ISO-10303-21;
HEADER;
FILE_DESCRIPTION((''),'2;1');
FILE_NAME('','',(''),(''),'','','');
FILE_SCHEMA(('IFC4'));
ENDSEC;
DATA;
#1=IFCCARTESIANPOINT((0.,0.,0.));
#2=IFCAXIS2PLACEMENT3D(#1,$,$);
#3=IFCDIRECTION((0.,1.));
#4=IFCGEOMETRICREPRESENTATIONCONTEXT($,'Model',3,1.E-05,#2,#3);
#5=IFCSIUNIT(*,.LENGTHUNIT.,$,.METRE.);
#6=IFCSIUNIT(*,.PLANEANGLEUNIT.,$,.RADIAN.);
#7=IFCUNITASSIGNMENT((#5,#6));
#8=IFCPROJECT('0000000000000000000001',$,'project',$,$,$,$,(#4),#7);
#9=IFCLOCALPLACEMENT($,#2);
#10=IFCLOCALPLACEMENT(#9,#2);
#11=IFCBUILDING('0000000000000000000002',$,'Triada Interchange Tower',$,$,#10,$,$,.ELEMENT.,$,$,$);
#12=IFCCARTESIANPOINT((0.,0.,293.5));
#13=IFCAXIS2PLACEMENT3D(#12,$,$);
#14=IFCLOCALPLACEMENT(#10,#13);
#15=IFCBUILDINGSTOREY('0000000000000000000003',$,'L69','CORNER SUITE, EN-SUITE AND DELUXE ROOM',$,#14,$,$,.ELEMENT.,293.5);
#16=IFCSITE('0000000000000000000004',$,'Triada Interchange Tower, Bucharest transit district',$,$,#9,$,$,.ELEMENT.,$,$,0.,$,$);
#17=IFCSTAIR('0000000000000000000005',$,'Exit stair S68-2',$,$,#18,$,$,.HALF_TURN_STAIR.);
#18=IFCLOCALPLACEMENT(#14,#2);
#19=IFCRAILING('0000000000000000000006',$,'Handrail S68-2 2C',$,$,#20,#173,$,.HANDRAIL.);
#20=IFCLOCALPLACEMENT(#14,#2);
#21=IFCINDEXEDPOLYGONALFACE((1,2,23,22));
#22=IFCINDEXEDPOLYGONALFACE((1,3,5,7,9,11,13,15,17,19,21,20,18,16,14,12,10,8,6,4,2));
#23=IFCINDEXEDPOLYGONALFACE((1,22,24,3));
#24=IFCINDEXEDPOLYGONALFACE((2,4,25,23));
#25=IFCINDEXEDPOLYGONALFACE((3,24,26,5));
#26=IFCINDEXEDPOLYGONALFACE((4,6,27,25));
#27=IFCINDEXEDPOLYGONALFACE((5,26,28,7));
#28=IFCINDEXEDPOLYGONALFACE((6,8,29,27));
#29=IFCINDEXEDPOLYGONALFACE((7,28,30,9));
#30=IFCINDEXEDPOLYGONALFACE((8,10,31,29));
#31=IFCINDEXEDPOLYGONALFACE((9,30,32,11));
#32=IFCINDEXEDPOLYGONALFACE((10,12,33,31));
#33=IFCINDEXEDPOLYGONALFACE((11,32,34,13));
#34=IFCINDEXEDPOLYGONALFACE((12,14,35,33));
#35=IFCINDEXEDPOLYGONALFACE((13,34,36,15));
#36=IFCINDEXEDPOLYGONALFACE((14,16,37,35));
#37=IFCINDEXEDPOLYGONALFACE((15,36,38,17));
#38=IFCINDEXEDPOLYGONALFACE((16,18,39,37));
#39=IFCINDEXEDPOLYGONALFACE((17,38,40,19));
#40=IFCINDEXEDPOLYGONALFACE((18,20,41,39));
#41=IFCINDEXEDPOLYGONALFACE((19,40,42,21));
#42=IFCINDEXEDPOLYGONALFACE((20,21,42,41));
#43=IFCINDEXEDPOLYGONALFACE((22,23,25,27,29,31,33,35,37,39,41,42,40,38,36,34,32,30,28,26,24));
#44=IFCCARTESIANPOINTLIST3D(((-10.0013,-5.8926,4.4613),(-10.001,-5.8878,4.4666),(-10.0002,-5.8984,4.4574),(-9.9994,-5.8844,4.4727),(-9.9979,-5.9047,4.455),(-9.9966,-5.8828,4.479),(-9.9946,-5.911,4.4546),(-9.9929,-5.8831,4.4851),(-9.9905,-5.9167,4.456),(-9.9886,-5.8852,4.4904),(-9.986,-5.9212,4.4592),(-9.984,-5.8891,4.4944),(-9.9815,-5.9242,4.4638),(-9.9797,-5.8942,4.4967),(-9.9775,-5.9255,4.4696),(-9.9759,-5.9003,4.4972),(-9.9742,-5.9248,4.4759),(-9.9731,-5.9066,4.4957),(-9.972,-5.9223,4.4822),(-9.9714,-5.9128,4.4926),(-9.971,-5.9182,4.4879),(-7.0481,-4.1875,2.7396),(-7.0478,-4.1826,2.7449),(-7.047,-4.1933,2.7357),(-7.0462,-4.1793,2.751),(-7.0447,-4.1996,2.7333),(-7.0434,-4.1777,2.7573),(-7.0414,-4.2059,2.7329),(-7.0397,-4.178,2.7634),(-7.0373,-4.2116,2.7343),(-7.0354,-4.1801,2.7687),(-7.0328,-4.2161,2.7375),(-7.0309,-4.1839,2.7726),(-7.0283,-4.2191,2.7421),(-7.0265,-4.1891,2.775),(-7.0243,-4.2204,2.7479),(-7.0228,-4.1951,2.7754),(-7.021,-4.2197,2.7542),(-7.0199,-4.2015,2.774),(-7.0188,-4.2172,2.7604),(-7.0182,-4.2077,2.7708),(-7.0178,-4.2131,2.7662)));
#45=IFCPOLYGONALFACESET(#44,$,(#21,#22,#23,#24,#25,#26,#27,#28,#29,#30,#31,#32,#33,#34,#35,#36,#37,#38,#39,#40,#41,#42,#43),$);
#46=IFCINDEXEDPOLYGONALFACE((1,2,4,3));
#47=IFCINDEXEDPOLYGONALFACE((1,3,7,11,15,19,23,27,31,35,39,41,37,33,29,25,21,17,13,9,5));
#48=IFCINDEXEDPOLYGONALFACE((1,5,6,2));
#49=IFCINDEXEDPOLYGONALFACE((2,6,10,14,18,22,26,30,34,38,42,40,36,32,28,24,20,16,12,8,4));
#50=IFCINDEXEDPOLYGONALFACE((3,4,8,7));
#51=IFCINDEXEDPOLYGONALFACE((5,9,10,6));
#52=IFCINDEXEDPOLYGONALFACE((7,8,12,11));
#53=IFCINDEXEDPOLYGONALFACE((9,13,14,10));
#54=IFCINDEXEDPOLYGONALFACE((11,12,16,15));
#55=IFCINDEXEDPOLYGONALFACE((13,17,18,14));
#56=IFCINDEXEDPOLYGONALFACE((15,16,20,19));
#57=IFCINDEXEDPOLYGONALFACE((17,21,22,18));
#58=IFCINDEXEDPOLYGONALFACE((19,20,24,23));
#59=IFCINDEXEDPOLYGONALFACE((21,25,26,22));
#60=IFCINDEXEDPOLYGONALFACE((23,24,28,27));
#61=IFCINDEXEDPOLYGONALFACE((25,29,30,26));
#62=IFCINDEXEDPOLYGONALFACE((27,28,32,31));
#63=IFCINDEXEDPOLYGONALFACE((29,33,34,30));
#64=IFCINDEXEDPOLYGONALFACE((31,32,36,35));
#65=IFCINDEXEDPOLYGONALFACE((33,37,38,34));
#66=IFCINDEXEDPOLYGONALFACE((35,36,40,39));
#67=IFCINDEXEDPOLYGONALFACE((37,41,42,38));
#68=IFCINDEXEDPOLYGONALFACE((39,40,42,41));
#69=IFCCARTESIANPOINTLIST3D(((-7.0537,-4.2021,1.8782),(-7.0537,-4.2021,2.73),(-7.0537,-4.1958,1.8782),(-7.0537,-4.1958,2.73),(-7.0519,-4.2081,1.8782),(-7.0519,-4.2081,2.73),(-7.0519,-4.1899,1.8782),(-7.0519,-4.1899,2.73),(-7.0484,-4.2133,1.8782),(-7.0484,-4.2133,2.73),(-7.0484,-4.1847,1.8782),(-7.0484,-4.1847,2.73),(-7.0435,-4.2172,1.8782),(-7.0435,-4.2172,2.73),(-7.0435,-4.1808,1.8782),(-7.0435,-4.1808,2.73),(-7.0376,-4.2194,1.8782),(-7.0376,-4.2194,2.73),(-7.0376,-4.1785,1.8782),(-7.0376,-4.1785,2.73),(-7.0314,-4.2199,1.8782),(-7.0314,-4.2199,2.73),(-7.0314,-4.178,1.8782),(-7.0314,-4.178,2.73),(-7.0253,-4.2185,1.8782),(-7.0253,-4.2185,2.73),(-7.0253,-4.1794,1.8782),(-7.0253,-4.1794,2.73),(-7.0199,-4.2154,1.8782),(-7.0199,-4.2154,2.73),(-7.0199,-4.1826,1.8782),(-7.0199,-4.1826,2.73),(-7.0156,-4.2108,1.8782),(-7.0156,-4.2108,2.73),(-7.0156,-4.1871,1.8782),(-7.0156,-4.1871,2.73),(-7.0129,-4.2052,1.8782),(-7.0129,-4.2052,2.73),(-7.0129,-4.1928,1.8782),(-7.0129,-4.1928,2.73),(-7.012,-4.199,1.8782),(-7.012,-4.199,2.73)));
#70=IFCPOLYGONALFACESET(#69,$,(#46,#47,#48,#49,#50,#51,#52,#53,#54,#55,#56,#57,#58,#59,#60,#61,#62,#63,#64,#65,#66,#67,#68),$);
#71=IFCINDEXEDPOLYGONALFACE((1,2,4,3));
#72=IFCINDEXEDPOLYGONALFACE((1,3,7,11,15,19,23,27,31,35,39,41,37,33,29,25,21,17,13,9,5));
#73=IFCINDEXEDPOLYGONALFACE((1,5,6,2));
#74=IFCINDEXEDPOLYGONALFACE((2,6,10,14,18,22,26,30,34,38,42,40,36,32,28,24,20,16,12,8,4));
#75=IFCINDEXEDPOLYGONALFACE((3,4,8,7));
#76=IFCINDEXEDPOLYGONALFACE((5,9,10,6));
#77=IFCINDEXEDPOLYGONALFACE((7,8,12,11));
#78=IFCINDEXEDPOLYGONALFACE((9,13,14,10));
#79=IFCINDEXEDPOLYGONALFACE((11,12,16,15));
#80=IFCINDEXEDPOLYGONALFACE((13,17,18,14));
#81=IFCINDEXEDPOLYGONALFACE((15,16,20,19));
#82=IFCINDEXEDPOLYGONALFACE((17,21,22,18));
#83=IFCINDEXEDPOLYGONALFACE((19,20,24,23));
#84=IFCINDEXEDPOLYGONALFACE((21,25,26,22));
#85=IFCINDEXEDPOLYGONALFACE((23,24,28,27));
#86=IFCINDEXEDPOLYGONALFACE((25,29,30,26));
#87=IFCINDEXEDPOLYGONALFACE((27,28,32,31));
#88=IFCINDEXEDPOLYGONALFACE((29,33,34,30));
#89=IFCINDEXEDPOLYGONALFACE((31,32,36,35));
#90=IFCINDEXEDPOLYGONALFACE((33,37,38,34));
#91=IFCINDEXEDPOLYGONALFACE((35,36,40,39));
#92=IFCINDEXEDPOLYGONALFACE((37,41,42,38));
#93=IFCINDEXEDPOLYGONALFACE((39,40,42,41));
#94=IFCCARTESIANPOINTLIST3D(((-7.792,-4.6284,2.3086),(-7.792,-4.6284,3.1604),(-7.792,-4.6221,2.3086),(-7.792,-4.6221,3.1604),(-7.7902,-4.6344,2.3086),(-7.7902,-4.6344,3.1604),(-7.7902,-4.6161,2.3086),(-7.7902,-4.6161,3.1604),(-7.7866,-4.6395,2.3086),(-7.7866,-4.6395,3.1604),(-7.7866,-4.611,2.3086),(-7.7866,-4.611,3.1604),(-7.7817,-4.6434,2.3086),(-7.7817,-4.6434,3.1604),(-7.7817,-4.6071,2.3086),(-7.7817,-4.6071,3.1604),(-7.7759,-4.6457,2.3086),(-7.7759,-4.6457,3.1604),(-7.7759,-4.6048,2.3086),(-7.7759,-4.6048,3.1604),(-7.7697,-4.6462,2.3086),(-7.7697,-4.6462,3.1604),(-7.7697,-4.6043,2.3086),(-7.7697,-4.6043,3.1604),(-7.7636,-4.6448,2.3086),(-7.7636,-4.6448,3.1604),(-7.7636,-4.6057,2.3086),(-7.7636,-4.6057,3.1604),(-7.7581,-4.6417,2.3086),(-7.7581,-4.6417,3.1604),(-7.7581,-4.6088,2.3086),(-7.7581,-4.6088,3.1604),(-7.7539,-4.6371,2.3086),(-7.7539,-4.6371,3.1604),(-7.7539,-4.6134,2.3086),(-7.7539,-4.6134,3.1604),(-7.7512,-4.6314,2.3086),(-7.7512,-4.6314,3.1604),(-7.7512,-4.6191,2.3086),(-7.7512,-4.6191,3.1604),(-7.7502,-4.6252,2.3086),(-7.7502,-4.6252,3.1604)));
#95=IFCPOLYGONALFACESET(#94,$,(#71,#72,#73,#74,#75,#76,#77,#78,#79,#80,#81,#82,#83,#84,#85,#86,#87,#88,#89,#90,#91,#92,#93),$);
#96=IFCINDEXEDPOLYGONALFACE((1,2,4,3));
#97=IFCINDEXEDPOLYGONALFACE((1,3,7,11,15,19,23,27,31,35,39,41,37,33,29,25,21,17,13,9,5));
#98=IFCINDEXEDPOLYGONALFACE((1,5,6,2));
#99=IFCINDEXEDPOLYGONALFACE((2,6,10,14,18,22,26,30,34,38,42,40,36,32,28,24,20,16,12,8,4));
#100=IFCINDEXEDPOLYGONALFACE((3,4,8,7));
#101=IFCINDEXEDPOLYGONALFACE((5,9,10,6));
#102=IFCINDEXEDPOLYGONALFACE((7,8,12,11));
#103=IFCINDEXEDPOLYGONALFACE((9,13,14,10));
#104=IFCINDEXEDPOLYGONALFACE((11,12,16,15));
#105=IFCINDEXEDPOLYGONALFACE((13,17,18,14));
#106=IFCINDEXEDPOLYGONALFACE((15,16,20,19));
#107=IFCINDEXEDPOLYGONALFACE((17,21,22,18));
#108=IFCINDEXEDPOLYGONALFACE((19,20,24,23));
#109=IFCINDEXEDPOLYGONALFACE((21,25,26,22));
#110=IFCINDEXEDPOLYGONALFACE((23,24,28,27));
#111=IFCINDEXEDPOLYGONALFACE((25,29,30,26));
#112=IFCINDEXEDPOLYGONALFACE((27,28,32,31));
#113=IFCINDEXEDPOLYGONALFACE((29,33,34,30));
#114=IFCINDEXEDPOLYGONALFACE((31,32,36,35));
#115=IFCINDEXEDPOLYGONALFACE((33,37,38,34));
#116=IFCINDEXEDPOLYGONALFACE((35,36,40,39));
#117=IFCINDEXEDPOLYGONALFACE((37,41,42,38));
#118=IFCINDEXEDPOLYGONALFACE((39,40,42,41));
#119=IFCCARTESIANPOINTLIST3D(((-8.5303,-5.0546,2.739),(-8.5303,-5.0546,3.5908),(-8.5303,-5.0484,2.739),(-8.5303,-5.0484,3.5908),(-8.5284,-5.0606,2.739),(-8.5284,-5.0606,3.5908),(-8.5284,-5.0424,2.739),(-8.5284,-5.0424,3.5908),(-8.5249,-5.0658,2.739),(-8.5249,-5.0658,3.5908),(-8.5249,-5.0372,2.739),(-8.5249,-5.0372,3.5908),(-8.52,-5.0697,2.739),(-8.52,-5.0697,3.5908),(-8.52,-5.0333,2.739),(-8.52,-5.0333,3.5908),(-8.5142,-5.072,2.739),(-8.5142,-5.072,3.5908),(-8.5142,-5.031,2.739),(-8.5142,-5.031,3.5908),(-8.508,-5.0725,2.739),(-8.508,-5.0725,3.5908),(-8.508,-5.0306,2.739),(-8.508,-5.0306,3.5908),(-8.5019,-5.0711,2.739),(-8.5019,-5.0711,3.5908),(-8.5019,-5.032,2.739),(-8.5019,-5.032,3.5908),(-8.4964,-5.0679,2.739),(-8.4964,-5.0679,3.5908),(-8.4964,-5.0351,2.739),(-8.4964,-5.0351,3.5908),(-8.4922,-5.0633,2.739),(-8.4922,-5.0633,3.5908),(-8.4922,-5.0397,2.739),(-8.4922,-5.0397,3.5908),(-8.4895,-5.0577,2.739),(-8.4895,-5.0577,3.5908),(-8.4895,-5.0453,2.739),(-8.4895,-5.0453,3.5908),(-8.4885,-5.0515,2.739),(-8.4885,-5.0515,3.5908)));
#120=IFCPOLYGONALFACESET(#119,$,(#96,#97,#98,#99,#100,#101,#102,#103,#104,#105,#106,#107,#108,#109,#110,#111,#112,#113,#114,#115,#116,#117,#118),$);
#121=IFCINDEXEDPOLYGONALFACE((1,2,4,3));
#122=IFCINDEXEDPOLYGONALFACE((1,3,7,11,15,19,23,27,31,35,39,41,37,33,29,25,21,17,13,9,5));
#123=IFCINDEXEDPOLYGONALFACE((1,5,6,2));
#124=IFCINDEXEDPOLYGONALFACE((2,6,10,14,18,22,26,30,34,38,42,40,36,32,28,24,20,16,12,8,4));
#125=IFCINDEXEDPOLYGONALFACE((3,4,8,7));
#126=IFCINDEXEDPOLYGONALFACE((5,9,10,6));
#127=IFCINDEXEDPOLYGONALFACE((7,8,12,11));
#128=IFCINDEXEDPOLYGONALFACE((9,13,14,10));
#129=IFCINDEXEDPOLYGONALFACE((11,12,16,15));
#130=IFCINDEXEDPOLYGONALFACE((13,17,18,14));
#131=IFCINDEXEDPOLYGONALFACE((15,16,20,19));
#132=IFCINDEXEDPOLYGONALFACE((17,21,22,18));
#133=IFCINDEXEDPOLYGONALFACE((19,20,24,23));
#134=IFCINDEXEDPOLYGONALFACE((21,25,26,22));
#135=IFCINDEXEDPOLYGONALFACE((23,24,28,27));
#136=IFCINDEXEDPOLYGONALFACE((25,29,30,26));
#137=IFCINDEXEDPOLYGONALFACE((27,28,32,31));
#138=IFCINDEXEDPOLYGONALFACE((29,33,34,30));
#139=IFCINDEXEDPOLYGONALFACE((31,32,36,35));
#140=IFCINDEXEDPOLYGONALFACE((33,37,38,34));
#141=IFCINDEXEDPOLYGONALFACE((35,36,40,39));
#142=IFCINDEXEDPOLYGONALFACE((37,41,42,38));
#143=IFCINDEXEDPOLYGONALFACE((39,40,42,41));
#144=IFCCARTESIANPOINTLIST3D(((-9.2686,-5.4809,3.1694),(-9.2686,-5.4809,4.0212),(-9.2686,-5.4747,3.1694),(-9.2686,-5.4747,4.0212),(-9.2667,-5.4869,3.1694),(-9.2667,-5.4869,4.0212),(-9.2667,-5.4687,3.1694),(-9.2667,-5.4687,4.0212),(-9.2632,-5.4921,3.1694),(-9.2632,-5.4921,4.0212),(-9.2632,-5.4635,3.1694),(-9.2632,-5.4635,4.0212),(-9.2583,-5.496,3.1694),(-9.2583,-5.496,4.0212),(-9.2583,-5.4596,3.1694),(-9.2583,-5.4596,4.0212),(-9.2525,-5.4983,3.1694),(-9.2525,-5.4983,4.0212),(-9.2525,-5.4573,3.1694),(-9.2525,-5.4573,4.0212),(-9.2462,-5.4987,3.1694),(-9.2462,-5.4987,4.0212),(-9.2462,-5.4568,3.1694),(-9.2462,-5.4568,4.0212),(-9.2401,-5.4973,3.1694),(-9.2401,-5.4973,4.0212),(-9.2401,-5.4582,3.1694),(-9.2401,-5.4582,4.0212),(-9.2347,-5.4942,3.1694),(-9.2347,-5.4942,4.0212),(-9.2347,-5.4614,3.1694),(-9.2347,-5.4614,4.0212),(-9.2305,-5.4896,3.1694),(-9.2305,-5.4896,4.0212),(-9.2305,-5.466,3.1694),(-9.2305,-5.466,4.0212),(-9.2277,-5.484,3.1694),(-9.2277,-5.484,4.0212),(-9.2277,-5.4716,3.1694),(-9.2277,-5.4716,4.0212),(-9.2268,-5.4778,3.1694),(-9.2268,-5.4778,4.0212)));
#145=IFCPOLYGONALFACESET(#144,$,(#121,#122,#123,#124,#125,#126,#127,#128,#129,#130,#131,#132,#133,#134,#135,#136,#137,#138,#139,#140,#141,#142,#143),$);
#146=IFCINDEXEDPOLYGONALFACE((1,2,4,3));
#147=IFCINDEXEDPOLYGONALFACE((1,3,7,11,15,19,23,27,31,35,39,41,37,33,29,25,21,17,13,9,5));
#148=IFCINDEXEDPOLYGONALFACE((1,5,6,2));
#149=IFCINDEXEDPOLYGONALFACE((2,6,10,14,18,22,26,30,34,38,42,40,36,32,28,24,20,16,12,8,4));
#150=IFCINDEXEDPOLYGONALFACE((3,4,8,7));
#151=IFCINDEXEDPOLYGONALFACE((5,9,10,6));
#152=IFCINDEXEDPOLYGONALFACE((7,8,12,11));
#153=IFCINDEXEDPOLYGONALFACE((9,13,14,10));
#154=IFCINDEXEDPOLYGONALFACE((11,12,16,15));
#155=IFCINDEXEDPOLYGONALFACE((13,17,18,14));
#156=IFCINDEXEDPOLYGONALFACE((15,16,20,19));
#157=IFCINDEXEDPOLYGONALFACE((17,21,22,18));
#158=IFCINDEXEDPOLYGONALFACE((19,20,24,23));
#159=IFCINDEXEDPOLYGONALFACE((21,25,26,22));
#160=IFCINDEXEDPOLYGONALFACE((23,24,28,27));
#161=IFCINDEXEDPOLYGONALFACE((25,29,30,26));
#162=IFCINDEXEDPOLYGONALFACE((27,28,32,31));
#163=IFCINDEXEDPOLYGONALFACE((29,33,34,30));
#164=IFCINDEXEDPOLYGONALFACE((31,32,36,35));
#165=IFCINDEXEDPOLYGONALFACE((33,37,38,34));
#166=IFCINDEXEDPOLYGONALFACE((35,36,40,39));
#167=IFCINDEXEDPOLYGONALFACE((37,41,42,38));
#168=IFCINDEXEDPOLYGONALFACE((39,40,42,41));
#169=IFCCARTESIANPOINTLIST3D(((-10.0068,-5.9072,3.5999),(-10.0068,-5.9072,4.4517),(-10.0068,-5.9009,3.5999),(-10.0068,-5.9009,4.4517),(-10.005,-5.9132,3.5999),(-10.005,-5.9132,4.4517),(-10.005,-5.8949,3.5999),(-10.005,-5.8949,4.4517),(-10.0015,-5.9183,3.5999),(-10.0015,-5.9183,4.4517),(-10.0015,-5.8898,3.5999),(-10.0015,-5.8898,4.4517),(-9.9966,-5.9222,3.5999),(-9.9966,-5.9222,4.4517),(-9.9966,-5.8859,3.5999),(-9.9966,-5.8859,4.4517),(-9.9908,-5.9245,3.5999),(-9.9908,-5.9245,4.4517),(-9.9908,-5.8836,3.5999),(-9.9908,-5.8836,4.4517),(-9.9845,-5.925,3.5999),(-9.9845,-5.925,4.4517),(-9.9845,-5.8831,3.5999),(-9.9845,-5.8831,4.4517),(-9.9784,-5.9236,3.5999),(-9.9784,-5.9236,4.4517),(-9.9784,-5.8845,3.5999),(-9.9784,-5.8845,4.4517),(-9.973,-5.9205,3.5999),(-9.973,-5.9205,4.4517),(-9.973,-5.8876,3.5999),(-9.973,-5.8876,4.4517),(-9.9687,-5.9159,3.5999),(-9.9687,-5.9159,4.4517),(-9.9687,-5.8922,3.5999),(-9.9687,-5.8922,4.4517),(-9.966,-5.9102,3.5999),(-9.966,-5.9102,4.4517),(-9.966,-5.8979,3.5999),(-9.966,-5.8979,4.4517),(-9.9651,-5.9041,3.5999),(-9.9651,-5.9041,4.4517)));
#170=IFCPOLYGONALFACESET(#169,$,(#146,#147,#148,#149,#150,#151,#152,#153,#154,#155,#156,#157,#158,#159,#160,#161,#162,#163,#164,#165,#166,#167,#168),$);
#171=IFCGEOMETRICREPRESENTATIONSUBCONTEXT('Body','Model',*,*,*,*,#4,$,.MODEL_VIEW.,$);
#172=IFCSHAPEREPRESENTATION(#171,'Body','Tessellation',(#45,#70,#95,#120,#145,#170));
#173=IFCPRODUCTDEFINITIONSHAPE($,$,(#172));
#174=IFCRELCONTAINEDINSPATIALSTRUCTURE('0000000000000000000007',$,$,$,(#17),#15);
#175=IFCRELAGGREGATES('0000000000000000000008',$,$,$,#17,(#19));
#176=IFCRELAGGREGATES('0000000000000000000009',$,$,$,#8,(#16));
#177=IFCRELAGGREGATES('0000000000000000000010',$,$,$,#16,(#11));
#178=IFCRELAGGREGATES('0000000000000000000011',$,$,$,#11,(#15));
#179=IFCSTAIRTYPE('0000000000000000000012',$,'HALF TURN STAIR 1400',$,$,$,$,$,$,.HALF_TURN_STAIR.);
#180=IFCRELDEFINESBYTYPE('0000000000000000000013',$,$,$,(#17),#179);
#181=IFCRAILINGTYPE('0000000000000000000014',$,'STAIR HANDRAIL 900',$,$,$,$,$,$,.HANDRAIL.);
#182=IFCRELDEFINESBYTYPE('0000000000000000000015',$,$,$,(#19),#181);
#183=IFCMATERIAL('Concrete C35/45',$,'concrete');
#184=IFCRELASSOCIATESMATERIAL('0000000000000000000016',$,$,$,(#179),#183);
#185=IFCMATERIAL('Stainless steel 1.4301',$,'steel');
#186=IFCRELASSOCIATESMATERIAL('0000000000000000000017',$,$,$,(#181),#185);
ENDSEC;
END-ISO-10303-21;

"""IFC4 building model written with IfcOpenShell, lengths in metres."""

from ifc_helpers import new_model, si_unit, direction, frame, origin, origin_2d, place, context, subcontext, project, spatial, circle, extrude, material, type_object, element, aggregate, save


model = new_model("IFC4")

# Units and contexts
model_context = context("Model", 3, precision=1e-05, world=origin(), true_north=direction((0.0, 1.0)))
body_context = subcontext(model_context, "Body", "Model", "MODEL_VIEW")
ifc_project = project(units=[si_unit("LENGTHUNIT", "METRE"), si_unit("PLANEANGLEUNIT", "RADIAN")], contexts=[model_context])

# Site, building, storey
site_placement = place(None, origin())
site = spatial("IfcSite", under=ifc_project, at=site_placement, Name="Triada Interchange Tower, Bucharest transit district", CompositionType="ELEMENT", RefElevation=0.0)
building_placement = place(site_placement, origin())
building = spatial("IfcBuilding", under=site, at=building_placement, Name="Triada Interchange Tower", CompositionType="ELEMENT")
storey_placement = place(building_placement, frame((0.0, 0.0, 293.5)))
storey = spatial("IfcBuildingStorey", under=building, at=storey_placement, Name="L69", Description="CORNER SUITE, EN-SUITE AND DELUXE ROOM", CompositionType="ELEMENT", Elevation=293.5)

# Stair, railing
ifc_material_1 = material(Name="Concrete C35/45", Category="concrete")
stair_type = type_object("IfcStairType", Name="HALF TURN STAIR 1400", PredefinedType="HALF_TURN_STAIR", material=ifc_material_1)
stair_placement = place(storey_placement, origin())
stair = element("IfcStair", 1, at=stair_placement, inside=storey, type_object=stair_type, Name="Exit stair S68-2", PredefinedType="HALF_TURN_STAIR")
ifc_material_2 = material(Name="Stainless steel 1.4301", Category="steel")
railing_type = type_object("IfcRailingType", Name="STAIR HANDRAIL 900", PredefinedType="HANDRAIL", material=ifc_material_2)
railing_1_placement = place(storey_placement, frame((-7.033, -4.199, 1.8782)))
railing_1 = element("IfcRailing", 2, at=railing_1_placement, type_object=railing_type, Name="Handrail S68-2 2C", PredefinedType="HANDRAIL", context=body_context, shape_type="SweptSolid", body=[
    extrude(circle(Radius=0.0239, at=origin_2d()), frame((0.0, 0.0, 0.876), z_axis=(-0.773069, -0.446355, 0.450701), x_axis=(0.50002, -0.866014, 0.0)), (0.0, 0.0, 1.0), 3.8201),
    extrude(circle(Radius=0.021, at=origin_2d()), origin(), (0.0, 0.0, 1.0), 0.8518),
    extrude(circle(Radius=0.021, at=origin_2d()), frame((-0.7383, -0.4263, 0.4304)), (0.0, 0.0, 1.0), 0.8518),
    extrude(circle(Radius=0.021, at=origin_2d()), frame((-1.4766, -0.8525, 0.8608)), (0.0, 0.0, 1.0), 0.8518),
    extrude(circle(Radius=0.021, at=origin_2d()), frame((-2.2148, -1.2788, 1.2913)), (0.0, 0.0, 1.0), 0.8518),
    extrude(circle(Radius=0.021, at=origin_2d()), frame((-2.9531, -1.7051, 1.7217)), (0.0, 0.0, 1.0), 0.8518),
])
aggregate(stair, [railing_1])

save(model, "model.ifc")
